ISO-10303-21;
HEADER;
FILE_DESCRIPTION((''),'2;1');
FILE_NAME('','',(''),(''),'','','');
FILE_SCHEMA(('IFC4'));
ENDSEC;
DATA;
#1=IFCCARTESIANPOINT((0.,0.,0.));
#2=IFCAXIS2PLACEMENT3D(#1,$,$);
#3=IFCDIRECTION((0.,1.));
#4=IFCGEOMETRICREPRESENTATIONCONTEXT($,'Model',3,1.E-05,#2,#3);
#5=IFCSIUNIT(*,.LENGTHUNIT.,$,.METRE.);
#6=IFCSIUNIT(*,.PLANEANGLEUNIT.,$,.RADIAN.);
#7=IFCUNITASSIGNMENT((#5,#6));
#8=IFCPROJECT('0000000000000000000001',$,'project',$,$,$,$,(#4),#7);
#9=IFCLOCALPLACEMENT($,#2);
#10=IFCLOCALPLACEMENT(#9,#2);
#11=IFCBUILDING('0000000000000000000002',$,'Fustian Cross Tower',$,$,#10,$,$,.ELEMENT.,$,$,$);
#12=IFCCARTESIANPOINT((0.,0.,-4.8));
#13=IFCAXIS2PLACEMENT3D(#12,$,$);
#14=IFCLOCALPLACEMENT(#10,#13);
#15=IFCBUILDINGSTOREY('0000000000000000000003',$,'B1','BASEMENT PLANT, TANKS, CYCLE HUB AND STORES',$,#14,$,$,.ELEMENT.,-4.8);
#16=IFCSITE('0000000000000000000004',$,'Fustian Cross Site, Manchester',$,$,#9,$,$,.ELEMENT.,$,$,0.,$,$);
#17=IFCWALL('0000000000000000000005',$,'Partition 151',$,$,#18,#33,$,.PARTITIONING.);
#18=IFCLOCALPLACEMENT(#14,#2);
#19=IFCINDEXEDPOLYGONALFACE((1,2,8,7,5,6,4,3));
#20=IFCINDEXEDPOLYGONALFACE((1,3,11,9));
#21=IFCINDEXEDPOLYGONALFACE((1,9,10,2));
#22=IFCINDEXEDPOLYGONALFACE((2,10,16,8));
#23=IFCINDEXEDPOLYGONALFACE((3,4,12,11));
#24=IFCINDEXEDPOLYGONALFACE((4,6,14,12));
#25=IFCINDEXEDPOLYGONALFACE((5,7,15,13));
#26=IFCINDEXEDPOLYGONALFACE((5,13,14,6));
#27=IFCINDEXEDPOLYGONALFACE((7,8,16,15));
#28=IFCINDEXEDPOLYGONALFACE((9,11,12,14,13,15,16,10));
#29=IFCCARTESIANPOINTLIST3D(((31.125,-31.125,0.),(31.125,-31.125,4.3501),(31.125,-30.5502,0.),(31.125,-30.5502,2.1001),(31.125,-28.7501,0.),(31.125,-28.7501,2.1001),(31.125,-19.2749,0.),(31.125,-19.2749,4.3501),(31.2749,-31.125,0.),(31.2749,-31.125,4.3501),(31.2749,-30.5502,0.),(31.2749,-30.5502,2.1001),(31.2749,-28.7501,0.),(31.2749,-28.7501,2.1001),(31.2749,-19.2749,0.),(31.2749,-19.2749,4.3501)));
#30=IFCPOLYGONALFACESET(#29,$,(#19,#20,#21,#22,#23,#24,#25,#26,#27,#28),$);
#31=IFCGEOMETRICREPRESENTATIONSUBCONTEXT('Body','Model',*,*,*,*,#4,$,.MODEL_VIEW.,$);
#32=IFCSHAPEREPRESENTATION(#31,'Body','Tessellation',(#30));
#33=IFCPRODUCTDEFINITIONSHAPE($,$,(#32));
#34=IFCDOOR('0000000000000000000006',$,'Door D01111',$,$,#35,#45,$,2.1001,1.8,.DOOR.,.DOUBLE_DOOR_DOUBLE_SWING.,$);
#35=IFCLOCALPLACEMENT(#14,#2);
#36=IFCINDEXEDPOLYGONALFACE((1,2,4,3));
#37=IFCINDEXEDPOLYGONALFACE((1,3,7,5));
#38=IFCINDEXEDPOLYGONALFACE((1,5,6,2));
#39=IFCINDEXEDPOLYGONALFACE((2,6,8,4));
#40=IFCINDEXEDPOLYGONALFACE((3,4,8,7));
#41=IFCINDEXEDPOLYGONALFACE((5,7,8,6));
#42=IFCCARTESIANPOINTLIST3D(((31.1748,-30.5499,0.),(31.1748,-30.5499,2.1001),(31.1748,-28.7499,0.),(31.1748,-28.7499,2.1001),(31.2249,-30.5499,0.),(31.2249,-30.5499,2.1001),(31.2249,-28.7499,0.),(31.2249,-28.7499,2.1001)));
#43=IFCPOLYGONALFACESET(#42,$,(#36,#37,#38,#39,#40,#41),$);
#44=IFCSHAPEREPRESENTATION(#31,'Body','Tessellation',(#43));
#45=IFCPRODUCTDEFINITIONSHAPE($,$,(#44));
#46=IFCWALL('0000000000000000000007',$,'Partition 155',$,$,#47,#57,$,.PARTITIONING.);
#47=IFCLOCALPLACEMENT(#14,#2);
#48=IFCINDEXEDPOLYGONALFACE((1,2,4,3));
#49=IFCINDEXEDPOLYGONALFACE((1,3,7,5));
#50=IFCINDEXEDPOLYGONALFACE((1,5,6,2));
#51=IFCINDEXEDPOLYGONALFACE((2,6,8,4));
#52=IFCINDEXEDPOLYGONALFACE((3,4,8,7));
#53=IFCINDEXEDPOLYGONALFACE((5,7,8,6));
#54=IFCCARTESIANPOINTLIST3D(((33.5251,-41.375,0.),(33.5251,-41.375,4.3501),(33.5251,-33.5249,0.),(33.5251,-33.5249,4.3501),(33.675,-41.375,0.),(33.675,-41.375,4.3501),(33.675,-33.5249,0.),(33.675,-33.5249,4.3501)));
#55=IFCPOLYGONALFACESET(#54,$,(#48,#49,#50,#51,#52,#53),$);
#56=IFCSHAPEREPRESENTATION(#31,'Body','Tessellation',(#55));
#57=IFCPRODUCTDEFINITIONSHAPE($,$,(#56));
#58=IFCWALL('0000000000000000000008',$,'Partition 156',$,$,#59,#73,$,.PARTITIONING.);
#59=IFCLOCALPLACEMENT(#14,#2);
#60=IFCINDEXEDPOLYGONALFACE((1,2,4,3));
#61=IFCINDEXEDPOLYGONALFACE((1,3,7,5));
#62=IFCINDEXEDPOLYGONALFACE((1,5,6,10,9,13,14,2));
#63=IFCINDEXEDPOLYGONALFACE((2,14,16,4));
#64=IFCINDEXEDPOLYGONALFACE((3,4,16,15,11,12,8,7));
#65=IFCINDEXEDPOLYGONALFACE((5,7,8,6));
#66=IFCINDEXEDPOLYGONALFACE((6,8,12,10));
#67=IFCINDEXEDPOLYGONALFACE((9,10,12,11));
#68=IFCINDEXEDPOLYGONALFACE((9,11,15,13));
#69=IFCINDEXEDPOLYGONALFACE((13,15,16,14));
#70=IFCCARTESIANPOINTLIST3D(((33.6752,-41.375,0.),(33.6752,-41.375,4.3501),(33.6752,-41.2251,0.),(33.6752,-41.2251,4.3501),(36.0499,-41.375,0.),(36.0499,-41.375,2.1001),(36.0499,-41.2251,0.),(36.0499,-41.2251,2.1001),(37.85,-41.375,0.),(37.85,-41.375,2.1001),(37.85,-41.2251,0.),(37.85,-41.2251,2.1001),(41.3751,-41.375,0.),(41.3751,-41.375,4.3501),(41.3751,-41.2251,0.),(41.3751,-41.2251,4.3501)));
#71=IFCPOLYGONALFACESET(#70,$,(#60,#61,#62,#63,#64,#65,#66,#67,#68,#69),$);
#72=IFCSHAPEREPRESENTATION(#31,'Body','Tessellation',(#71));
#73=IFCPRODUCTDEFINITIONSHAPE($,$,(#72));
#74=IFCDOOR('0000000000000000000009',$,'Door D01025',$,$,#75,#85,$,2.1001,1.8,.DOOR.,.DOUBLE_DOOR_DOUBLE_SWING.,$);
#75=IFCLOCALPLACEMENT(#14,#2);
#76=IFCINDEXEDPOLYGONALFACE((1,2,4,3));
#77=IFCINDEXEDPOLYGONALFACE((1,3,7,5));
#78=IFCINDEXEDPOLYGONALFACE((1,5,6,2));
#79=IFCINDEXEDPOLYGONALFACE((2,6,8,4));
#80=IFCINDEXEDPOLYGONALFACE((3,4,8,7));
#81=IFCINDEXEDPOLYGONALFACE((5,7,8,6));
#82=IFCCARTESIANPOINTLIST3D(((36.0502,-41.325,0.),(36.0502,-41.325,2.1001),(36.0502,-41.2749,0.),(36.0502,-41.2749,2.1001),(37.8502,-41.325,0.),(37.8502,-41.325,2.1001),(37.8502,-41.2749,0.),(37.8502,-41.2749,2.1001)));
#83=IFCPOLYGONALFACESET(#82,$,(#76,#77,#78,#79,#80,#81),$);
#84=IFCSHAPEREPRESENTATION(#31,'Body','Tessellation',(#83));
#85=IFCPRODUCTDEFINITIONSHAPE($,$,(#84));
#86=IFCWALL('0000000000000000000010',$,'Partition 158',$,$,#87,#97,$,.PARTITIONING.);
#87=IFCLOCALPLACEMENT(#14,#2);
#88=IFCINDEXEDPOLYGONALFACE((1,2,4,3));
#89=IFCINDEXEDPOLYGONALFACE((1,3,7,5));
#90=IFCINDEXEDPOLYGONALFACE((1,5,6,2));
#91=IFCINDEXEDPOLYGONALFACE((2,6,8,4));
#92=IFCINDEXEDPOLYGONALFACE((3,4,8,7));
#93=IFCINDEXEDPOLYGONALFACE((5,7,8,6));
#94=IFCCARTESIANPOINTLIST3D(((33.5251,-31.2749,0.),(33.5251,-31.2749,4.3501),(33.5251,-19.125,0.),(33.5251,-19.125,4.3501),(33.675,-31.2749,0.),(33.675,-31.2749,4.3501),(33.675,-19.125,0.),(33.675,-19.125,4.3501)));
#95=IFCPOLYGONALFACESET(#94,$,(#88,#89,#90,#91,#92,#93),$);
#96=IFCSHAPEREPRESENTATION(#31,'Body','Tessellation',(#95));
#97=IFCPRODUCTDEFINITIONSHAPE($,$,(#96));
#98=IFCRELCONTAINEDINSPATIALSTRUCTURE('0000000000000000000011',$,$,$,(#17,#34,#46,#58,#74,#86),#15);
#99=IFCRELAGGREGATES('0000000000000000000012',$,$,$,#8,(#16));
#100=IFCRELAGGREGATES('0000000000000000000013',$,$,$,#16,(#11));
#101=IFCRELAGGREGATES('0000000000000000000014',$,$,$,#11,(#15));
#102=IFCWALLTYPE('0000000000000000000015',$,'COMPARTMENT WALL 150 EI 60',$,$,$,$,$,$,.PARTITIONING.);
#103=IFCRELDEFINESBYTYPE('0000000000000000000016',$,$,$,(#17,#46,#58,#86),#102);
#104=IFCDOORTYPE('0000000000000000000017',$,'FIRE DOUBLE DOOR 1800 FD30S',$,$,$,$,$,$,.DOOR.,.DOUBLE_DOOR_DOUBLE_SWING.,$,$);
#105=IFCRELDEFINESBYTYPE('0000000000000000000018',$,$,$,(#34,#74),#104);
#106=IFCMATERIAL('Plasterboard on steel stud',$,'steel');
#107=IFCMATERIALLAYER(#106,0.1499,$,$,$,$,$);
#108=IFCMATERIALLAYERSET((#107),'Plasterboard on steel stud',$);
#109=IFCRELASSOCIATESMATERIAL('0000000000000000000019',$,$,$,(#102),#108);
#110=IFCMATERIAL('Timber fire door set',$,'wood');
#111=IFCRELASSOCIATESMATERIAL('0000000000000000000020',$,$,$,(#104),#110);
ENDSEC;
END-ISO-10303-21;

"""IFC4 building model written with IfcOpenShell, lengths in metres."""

from ifc_helpers import new_model, si_unit, direction, frame, frame_2d, origin, place, context, subcontext, project, spatial, rectangle, extrude, material, layer, layer_set, type_object, element, fill, save


model = new_model("IFC4")

# Units and contexts
model_context = context("Model", 3, precision=1e-05, world=origin(), true_north=direction((0.0, 1.0)))
body_context = subcontext(model_context, "Body", "Model", "MODEL_VIEW")
ifc_project = project(units=[si_unit("LENGTHUNIT", "METRE"), si_unit("PLANEANGLEUNIT", "RADIAN")], contexts=[model_context])

# Site, building, storey
site_placement = place(None, origin())
site = spatial("IfcSite", under=ifc_project, at=site_placement, Name="Fustian Cross Site, Manchester", CompositionType="ELEMENT", RefElevation=0.0)
building_placement = place(site_placement, origin())
building = spatial("IfcBuilding", under=site, at=building_placement, Name="Fustian Cross Tower", CompositionType="ELEMENT")
storey_placement = place(building_placement, frame((0.0, 0.0, -4.8)))
storey = spatial("IfcBuildingStorey", under=building, at=storey_placement, Name="B1", Description="BASEMENT PLANT, TANKS, CYCLE HUB AND STORES", CompositionType="ELEMENT", Elevation=-4.8)

# Shared definitions
ifc_material_1 = material(Name="Plasterboard on steel stud", Category="steel")
ifc_layer = layer(ifc_material_1, 0.1499)
ifc_layer_set = layer_set([ifc_layer], Name="Plasterboard on steel stud")
wall_type = type_object("IfcWallType", Name="COMPARTMENT WALL 150 EI 60", PredefinedType="PARTITIONING", material=ifc_layer_set)

# Wall, opening, door
ifc_material_2 = material(Name="Timber fire door set", Category="wood")
door_type = type_object("IfcDoorType", Name="FIRE DOUBLE DOOR 1800 FD30S", OperationType="DOUBLE_DOOR_DOUBLE_SWING", PredefinedType="DOOR", material=ifc_material_2)
wall_1_placement = place(storey_placement, frame((31.2, -31.125, 0.0), z_axis=(0.0, 0.0, 1.0), x_axis=(0.0, 1.0, 0.0)))
wall_1 = element("IfcWall", 1, at=wall_1_placement, inside=storey, type_object=wall_type, Name="Partition 151", PredefinedType="PARTITIONING", context=body_context, shape_type="SweptSolid", body=[
    extrude(rectangle(XDim=11.8501, YDim=0.1499, at=frame_2d((5.925, 0.0))), origin(), (0.0, 0.0, 1.0), 4.3501),
])
opening_1_placement = place(wall_1_placement, frame((0.575, 0.0, 0.0)))
opening_1 = element("IfcOpeningElement", 2, at=opening_1_placement, cuts=wall_1, PredefinedType="OPENING", context=body_context, shape_type="SweptSolid", body=[
    extrude(rectangle(XDim=1.8, YDim=2.1001, at=frame_2d((0.8999, 1.05))), frame((0.0, 0.085, 0.0), z_axis=(0.0, -1.0, 0.0), x_axis=(1.0, 0.0, 0.0)), (0.0, 0.0, 1.0), 0.1699),
])
door_1_placement = place(opening_1_placement, frame((1.8, 0.0, 0.0), z_axis=(0.0, 0.0, 1.0), x_axis=(-1.0, 0.0, 0.0)))
door_1 = element("IfcDoor", 3, at=door_1_placement, inside=storey, type_object=door_type, Name="Door D01111", OperationType="DOUBLE_DOOR_DOUBLE_SWING", OverallHeight=2.1001, OverallWidth=1.8, PredefinedType="DOOR", context=body_context, shape_type="SweptSolid", body=[
    extrude(rectangle(XDim=1.8, YDim=2.1001, at=frame_2d((0.8999, 1.05))), frame((0.0, 0.0249, 0.0), z_axis=(0.0, -1.0, 0.0), x_axis=(1.0, 0.0, 0.0)), (0.0, 0.0, 1.0), 0.05),
])
fill(opening_1, door_1)

# Wall
wall_2_placement = place(storey_placement, frame((33.6001, -41.375, 0.0), z_axis=(0.0, 0.0, 1.0), x_axis=(0.0, 1.0, 0.0)))
element("IfcWall", 4, at=wall_2_placement, inside=storey, type_object=wall_type, Name="Partition 155", PredefinedType="PARTITIONING", context=body_context, shape_type="SweptSolid", body=[
    extrude(rectangle(XDim=7.8501, YDim=0.1499, at=frame_2d((3.925, 0.0))), origin(), (0.0, 0.0, 1.0), 4.3501),
])

# Wall, opening, door
wall_3_placement = place(storey_placement, frame((33.675, -41.3, 0.0), z_axis=(0.0, 0.0, 1.0), x_axis=(1.0, 0.0, 0.0)))
wall_3 = element("IfcWall", 5, at=wall_3_placement, inside=storey, type_object=wall_type, Name="Partition 156", PredefinedType="PARTITIONING", context=body_context, shape_type="SweptSolid", body=[
    extrude(rectangle(XDim=7.7, YDim=0.1499, at=frame_2d((3.8501, 0.0))), origin(), (0.0, 0.0, 1.0), 4.3501),
])
opening_2_placement = place(wall_3_placement, frame((2.375, 0.0, 0.0)))
opening_2 = element("IfcOpeningElement", 6, at=opening_2_placement, cuts=wall_3, PredefinedType="OPENING", context=body_context, shape_type="SweptSolid", body=[
    extrude(rectangle(XDim=1.8, YDim=2.1001, at=frame_2d((0.8999, 1.05))), frame((0.0, 0.085, 0.0), z_axis=(0.0, -1.0, 0.0), x_axis=(1.0, 0.0, 0.0)), (0.0, 0.0, 1.0), 0.1699),
])
door_2_placement = place(opening_2_placement, frame((1.8, 0.0, 0.0), z_axis=(0.0, 0.0, 1.0), x_axis=(-1.0, 0.0, 0.0)))
door_2 = element("IfcDoor", 7, at=door_2_placement, inside=storey, type_object=door_type, Name="Door D01025", OperationType="DOUBLE_DOOR_DOUBLE_SWING", OverallHeight=2.1001, OverallWidth=1.8, PredefinedType="DOOR", context=body_context, shape_type="SweptSolid", body=[
    extrude(rectangle(XDim=1.8, YDim=2.1001, at=frame_2d((0.8999, 1.05))), frame((0.0, 0.0249, 0.0), z_axis=(0.0, -1.0, 0.0), x_axis=(1.0, 0.0, 0.0)), (0.0, 0.0, 1.0), 0.05),
])
fill(opening_2, door_2)

# Wall
wall_4_placement = place(storey_placement, frame((33.6001, -31.2749, 0.0), z_axis=(0.0, 0.0, 1.0), x_axis=(0.0, 1.0, 0.0)))
element("IfcWall", 8, at=wall_4_placement, inside=storey, type_object=wall_type, Name="Partition 158", PredefinedType="PARTITIONING", context=body_context, shape_type="SweptSolid", body=[
    extrude(rectangle(XDim=12.1499, YDim=0.1499, at=frame_2d((6.075, 0.0))), origin(), (0.0, 0.0, 1.0), 4.3501),
])

save(model, "model.ifc")
